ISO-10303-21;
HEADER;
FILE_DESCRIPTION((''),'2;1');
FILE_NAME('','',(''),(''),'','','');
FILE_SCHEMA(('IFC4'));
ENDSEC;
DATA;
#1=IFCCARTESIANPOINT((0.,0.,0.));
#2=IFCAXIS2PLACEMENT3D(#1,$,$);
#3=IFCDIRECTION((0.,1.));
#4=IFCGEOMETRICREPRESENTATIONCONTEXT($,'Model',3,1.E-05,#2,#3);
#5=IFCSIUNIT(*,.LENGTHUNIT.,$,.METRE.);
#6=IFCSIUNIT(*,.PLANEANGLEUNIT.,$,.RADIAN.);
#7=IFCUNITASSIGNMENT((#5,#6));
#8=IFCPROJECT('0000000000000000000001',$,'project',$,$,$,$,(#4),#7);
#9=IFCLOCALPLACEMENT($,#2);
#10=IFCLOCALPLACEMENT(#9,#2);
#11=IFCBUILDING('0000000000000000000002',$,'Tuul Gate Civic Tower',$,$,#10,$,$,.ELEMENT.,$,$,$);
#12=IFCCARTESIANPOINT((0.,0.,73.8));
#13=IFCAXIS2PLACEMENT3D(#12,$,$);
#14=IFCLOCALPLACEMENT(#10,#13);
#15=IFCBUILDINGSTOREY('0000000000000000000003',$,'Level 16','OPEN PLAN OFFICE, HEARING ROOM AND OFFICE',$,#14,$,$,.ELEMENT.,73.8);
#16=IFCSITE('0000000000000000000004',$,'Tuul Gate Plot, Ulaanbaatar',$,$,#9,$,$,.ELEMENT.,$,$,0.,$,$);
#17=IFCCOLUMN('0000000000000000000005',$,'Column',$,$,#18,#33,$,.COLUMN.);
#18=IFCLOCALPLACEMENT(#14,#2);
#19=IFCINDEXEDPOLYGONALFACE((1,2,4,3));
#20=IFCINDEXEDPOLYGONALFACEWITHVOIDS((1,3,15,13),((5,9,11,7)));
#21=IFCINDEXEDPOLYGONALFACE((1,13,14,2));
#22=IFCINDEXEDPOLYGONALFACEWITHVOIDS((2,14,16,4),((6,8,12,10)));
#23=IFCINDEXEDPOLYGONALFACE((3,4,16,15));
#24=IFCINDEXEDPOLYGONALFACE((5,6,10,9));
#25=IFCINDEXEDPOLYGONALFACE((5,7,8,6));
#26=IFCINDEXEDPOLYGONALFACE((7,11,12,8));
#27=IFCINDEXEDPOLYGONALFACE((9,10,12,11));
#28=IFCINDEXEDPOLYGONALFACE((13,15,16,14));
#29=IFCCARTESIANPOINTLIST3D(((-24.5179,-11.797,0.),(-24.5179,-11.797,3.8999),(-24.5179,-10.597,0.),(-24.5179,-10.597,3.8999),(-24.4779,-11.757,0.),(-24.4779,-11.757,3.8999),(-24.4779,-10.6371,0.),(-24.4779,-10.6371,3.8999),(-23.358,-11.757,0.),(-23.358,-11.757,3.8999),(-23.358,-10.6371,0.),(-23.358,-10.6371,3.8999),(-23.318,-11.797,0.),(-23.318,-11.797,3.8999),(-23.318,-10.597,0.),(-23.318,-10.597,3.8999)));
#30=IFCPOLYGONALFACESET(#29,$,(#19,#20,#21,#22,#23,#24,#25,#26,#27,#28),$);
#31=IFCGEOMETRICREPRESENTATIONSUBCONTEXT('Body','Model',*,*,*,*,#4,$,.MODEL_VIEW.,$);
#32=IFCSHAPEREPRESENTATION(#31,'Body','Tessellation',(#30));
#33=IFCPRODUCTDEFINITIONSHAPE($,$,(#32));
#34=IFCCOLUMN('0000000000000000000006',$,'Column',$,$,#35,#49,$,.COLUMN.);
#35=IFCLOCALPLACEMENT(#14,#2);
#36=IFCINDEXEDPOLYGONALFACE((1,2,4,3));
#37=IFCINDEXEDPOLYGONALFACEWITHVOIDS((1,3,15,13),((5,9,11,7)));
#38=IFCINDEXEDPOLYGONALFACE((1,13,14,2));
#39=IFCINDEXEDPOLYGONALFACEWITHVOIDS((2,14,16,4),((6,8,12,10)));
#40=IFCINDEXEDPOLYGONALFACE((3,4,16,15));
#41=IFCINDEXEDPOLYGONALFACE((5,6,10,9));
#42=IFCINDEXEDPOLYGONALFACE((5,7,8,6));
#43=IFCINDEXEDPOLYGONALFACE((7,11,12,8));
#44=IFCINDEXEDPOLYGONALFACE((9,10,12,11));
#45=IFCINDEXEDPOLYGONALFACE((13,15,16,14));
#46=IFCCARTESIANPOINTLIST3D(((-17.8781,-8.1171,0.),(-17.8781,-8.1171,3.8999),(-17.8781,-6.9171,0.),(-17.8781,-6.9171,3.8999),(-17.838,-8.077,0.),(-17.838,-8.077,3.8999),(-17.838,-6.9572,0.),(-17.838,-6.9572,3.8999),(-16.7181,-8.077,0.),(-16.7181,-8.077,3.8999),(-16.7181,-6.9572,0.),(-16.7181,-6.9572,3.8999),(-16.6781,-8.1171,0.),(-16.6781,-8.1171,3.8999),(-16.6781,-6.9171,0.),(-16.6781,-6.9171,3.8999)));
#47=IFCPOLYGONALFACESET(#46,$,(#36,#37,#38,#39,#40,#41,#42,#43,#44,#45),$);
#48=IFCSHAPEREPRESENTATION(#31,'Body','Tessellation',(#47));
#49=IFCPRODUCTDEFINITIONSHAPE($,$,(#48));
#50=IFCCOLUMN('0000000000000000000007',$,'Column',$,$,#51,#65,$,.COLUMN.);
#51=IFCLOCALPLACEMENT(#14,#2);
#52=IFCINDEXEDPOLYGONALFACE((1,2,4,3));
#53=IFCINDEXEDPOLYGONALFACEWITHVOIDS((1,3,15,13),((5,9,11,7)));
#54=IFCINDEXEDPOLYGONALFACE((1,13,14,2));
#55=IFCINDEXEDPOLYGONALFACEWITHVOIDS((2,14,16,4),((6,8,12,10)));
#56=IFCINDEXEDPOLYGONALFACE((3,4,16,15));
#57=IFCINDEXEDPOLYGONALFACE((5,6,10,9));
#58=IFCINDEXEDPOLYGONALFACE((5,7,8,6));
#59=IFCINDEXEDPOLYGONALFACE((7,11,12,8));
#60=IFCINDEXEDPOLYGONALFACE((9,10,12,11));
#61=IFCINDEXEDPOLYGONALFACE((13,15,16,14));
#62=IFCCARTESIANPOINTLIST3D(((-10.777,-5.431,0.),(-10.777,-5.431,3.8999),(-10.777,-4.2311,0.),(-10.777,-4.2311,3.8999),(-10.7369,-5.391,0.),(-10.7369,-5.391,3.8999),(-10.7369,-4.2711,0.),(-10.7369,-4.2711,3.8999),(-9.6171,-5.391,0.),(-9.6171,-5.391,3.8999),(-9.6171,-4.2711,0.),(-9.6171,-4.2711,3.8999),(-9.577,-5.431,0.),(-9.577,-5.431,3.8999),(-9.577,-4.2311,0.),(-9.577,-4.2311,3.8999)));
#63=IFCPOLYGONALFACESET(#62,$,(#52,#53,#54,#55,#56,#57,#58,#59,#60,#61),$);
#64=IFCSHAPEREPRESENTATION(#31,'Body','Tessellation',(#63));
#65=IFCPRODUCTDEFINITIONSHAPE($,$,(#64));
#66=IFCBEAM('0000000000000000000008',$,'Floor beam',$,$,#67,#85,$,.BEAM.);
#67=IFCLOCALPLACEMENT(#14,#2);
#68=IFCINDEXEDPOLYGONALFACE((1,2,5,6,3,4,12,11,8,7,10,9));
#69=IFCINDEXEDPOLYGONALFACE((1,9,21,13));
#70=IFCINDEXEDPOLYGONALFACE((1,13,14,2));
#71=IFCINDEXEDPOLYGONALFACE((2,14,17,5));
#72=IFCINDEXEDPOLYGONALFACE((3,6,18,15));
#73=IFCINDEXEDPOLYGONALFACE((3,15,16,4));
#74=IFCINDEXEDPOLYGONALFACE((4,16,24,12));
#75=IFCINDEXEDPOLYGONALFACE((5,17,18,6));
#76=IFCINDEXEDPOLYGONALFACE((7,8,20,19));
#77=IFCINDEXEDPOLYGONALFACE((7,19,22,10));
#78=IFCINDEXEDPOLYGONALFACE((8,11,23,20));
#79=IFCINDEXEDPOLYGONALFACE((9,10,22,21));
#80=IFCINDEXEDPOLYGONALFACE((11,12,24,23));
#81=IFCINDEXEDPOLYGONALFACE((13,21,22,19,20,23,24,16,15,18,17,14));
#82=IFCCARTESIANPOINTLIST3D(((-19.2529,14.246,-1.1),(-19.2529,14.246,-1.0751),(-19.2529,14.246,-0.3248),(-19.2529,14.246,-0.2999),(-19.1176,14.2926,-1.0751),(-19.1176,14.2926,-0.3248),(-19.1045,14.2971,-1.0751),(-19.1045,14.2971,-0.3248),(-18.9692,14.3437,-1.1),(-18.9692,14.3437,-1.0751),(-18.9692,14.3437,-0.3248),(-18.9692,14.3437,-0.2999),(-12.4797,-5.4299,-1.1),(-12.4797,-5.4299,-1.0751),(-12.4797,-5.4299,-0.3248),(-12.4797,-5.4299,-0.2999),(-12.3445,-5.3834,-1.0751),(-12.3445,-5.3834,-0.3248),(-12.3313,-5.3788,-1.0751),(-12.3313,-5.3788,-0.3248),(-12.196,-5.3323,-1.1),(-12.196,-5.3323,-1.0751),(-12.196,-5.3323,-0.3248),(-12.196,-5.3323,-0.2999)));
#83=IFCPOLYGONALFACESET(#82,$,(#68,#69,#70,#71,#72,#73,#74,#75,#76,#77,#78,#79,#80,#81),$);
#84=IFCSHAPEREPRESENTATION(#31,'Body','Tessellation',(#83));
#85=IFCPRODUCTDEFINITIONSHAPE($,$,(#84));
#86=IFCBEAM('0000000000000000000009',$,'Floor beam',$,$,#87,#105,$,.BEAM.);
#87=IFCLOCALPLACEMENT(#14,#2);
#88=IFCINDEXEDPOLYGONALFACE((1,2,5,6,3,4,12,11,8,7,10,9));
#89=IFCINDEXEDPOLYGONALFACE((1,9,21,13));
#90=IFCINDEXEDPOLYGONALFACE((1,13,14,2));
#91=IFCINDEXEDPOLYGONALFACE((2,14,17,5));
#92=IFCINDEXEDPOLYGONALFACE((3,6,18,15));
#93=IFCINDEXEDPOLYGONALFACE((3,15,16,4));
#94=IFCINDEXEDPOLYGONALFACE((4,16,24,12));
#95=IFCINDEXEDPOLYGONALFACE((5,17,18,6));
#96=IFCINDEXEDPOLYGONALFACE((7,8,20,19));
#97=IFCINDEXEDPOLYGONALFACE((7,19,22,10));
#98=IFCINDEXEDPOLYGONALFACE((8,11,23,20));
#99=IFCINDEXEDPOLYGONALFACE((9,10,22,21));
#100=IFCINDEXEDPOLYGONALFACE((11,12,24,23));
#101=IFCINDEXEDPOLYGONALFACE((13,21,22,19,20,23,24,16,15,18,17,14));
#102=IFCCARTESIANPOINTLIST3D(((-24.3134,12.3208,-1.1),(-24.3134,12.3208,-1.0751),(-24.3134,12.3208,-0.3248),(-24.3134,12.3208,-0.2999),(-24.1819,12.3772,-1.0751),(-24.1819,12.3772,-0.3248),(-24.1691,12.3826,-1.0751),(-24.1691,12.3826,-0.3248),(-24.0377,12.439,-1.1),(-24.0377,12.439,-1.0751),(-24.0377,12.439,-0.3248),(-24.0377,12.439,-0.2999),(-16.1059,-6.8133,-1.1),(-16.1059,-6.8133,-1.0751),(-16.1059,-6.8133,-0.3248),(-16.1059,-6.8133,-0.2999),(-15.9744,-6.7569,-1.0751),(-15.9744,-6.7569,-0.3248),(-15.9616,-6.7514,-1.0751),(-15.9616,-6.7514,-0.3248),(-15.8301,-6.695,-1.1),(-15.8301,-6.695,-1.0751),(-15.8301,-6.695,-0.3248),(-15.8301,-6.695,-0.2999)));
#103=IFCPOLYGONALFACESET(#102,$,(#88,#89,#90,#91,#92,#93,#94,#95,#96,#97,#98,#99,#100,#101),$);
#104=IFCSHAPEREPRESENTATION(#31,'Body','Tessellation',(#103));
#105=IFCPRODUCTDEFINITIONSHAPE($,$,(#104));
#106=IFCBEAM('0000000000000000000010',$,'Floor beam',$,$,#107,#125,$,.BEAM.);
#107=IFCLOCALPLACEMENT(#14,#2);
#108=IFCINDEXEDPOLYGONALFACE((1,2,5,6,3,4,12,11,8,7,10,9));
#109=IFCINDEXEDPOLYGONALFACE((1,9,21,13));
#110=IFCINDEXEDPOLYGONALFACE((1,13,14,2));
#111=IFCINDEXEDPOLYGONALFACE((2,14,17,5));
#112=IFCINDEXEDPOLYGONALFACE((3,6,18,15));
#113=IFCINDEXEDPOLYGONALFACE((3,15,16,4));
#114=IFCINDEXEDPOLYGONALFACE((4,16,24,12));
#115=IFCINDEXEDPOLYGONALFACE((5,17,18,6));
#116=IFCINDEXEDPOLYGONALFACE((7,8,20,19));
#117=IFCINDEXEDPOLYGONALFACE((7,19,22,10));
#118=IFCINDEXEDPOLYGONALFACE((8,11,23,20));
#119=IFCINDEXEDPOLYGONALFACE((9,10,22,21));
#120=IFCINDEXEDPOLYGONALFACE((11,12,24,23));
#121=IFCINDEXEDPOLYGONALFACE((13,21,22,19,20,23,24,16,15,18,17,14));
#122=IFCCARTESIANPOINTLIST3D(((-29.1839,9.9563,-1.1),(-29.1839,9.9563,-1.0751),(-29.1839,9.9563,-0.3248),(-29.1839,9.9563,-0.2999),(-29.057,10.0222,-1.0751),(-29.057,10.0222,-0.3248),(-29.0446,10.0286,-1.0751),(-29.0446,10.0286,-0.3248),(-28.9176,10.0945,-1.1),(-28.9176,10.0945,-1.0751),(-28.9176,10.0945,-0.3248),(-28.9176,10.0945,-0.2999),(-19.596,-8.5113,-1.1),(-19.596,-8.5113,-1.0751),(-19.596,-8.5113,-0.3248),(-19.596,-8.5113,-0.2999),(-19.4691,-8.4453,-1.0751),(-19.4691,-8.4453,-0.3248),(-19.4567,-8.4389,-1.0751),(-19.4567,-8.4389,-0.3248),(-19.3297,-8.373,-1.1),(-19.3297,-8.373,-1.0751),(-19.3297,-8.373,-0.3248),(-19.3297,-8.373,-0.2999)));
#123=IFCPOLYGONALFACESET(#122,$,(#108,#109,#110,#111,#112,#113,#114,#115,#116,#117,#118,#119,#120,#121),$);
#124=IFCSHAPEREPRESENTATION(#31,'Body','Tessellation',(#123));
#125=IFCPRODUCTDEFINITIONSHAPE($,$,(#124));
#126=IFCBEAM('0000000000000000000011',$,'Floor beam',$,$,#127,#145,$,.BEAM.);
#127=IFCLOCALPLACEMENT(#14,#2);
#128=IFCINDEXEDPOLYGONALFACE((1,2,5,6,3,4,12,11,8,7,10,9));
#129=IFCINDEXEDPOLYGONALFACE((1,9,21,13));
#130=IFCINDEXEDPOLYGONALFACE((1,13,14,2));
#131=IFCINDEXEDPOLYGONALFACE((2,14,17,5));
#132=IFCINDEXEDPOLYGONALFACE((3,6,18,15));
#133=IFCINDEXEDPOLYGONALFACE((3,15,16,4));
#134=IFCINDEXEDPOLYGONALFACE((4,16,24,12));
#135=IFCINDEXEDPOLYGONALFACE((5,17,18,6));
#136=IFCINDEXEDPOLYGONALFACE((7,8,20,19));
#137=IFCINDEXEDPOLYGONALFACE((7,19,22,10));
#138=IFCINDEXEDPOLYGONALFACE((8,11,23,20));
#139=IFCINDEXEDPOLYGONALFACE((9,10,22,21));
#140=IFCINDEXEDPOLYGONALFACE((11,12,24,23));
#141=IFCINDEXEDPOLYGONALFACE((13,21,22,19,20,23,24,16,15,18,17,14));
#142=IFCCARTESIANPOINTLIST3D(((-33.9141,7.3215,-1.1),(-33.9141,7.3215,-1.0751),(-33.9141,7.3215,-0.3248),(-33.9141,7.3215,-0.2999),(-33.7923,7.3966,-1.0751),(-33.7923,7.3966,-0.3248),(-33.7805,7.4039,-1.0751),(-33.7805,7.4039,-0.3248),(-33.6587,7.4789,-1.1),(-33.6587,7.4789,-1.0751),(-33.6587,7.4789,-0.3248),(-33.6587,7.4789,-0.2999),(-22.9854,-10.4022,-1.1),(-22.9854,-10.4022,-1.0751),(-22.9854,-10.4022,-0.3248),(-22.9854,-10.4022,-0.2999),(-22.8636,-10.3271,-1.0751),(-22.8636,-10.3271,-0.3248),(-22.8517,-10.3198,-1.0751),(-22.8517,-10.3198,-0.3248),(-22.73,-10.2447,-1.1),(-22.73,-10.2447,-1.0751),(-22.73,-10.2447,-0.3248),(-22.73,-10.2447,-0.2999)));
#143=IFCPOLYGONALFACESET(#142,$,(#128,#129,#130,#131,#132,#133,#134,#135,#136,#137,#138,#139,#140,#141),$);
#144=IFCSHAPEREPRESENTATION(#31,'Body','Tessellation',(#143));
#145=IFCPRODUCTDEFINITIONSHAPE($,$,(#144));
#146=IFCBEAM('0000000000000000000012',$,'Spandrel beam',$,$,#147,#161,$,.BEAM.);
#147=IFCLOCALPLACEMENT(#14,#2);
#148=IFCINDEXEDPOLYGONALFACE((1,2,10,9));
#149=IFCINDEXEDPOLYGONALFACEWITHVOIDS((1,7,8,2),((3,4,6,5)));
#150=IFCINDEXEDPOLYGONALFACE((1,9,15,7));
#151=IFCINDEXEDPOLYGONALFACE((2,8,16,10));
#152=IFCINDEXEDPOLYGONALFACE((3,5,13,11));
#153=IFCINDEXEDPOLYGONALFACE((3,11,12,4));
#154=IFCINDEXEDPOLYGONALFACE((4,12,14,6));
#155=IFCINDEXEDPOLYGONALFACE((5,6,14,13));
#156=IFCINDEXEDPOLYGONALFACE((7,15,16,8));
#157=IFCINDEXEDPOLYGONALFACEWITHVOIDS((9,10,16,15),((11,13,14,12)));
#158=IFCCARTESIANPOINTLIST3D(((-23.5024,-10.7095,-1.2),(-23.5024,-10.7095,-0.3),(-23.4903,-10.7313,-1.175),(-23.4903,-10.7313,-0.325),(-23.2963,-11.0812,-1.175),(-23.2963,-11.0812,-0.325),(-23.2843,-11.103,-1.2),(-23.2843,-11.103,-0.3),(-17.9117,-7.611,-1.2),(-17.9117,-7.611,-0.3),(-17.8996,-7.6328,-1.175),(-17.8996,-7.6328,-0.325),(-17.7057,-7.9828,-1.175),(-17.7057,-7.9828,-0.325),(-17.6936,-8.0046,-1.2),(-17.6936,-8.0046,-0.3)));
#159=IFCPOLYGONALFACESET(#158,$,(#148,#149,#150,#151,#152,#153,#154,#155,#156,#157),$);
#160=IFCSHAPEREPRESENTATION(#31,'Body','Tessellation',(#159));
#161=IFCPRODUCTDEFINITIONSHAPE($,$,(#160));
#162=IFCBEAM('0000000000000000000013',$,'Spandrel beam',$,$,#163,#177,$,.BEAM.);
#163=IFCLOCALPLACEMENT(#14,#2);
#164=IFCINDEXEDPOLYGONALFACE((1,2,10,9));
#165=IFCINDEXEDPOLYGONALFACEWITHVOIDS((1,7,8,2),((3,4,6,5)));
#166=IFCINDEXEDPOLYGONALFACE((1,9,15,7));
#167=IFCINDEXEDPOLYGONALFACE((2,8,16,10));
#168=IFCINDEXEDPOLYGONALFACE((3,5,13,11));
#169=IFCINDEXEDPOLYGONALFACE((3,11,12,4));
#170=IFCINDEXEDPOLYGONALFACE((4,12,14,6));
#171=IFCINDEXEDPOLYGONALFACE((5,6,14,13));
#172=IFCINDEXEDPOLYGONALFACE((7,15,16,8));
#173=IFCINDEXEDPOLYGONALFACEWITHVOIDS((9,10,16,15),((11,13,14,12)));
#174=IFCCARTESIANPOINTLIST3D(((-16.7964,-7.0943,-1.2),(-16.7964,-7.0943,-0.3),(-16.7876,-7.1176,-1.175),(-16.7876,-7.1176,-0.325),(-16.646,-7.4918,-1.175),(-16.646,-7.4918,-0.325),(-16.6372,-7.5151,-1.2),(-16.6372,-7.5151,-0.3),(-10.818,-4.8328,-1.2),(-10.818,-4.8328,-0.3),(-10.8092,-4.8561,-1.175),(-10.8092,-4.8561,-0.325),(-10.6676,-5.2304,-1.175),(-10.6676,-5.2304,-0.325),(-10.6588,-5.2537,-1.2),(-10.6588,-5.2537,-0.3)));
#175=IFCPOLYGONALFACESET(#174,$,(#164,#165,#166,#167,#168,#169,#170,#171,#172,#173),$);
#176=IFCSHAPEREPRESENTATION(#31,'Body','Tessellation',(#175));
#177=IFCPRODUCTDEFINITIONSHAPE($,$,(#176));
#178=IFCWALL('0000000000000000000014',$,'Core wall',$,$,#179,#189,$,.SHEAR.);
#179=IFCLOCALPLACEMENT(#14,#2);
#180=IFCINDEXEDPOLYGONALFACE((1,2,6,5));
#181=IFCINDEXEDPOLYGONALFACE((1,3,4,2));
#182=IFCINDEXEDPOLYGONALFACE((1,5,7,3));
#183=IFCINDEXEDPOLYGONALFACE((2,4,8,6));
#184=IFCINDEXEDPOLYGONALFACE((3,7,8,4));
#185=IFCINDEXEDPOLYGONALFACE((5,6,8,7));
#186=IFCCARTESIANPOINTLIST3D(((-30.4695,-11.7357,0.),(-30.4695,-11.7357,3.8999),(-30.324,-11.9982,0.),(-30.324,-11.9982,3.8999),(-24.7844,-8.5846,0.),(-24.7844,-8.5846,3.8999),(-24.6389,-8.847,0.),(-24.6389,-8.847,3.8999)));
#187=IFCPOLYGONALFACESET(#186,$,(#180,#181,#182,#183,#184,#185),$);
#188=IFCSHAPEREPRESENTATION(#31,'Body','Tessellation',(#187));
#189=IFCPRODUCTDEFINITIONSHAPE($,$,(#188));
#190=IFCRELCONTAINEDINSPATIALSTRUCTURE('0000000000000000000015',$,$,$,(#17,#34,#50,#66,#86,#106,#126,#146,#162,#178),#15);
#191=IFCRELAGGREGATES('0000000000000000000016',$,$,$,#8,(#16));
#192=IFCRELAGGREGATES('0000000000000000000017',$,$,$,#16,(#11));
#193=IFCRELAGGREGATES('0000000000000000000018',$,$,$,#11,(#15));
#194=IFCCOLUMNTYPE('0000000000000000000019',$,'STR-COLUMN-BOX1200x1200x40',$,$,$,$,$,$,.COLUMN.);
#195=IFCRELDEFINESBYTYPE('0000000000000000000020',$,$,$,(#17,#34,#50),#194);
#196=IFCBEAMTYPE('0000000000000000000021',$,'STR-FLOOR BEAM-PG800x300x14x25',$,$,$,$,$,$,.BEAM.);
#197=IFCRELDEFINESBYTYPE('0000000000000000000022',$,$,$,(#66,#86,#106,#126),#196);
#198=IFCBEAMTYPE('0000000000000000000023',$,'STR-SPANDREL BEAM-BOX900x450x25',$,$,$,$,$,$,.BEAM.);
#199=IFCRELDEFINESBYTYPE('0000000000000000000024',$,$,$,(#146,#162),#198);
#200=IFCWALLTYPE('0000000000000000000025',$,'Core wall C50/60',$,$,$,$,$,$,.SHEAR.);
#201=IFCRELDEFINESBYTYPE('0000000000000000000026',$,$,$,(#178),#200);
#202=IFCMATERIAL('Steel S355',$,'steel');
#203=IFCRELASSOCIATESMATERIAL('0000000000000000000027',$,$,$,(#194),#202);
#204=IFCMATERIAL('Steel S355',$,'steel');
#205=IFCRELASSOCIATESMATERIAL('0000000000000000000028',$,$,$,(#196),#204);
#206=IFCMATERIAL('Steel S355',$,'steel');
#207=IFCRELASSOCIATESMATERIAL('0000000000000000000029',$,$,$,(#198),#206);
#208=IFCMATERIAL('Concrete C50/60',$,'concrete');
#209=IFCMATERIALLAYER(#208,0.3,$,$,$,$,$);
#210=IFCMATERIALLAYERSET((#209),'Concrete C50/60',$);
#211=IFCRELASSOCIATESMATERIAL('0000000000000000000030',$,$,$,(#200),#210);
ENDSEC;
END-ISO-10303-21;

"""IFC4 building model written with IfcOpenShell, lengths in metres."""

from ifc_helpers import new_model, si_unit, direction, frame, frame_2d, origin, origin_2d, place, context, subcontext, project, spatial, rectangle, hollow_rectangle, i_section, extrude, material, layer, layer_set, material_profile, profile_set, type_object, element, save


model = new_model("IFC4")

# Units and contexts
model_context = context("Model", 3, precision=1e-05, world=origin(), true_north=direction((0.0, 1.0)))
body_context = subcontext(model_context, "Body", "Model", "MODEL_VIEW")
ifc_project = project(units=[si_unit("LENGTHUNIT", "METRE"), si_unit("PLANEANGLEUNIT", "RADIAN")], contexts=[model_context])

# Site, building, storey
site_placement = place(None, origin())
site = spatial("IfcSite", under=ifc_project, at=site_placement, Name="Tuul Gate Plot, Ulaanbaatar", CompositionType="ELEMENT", RefElevation=0.0)
building_placement = place(site_placement, origin())
building = spatial("IfcBuilding", under=site, at=building_placement, Name="Tuul Gate Civic Tower", CompositionType="ELEMENT")
storey_placement = place(building_placement, frame((0.0, 0.0, 73.8)))
storey = spatial("IfcBuildingStorey", under=building, at=storey_placement, Name="Level 16", Description="OPEN PLAN OFFICE, HEARING ROOM AND OFFICE", CompositionType="ELEMENT", Elevation=73.8)

# Columns
ifc_material_1 = material(Name="Steel S355", Category="steel")
ifc_material_profile_1 = material_profile(ifc_material_1, hollow_rectangle(XDim=1.2, YDim=1.2, WallThickness=0.04, at=origin_2d()), Name="BOX1200x1200x40")
ifc_profile_set_1 = profile_set([ifc_material_profile_1], Name="Steel S355")
column_type = type_object("IfcColumnType", Name="STR-COLUMN-BOX1200x1200x40", PredefinedType="COLUMN", material=ifc_profile_set_1)
for number, where, z_axis, x_axis, name in (
    (1, (-23.918, -11.197, 0.0), (0.0, 0.0, 1.0), (1.0, 0.0, 0.0), "Column"),
    (2, (-17.2781, -7.5171, 0.0), (0.0, 0.0, 1.0), (1.0, 0.0, 0.0), "Column"),
    (3, (-10.177, -4.8311, 0.0), (0.0, 0.0, 1.0), (1.0, 0.0, 0.0), "Column"),
):
    element("IfcColumn", number, at=place(storey_placement, frame(where, z_axis=z_axis, x_axis=x_axis)), inside=storey, type_object=column_type, Name=name, PredefinedType="COLUMN", context=body_context, shape_type="SweptSolid", body=[
        extrude(hollow_rectangle(XDim=1.2, YDim=1.2, WallThickness=0.04, at=origin_2d()), origin(), (0.0, 0.0, 1.0), 3.8999),
    ])

# Beams
ifc_material_2 = material(Name="Steel S355", Category="steel")
ifc_material_profile_2 = material_profile(ifc_material_2, i_section(OverallWidth=0.3, OverallDepth=0.8, WebThickness=0.0139, FlangeThickness=0.0249, at=origin_2d()), Name="PG800x300x14x25")
ifc_profile_set_2 = profile_set([ifc_material_profile_2], Name="Steel S355")
beam_type_1 = type_object("IfcBeamType", Name="STR-FLOOR BEAM-PG800x300x14x25", PredefinedType="BEAM", material=ifc_profile_set_2)
beam_1_placement = place(storey_placement, frame((-12.3379, -5.3811, -0.7), z_axis=(-0.325491, 0.945545, 0.0), x_axis=(-0.945545, -0.325491, 0.0)))
element("IfcBeam", 4, at=beam_1_placement, inside=storey, type_object=beam_type_1, Name="Floor beam", PredefinedType="BEAM", context=body_context, shape_type="SweptSolid", body=[
    extrude(i_section(OverallWidth=0.3, OverallDepth=0.8, WebThickness=0.0139, FlangeThickness=0.0249, at=origin_2d()), origin(), (0.0, 0.0, 1.0), 20.8091),
])
beam_2_placement = place(storey_placement, frame((-15.968, -6.7542, -0.7), z_axis=(-0.394212, 0.919019, 0.0), x_axis=(-0.919019, -0.394212, 0.0)))
element("IfcBeam", 5, at=beam_2_placement, inside=storey, type_object=beam_type_1, Name="Floor beam", PredefinedType="BEAM", context=body_context, shape_type="SweptSolid", body=[
    extrude(i_section(OverallWidth=0.3, OverallDepth=0.8, WebThickness=0.0139, FlangeThickness=0.0249, at=origin_2d()), origin(), (0.0, 0.0, 1.0), 20.8201),
])
beam_3_placement = place(storey_placement, frame((-19.4629, -8.4421, -0.7), z_axis=(-0.460777, 0.887516, 0.0), x_axis=(-0.887516, -0.460777, 0.0)))
element("IfcBeam", 6, at=beam_3_placement, inside=storey, type_object=beam_type_1, Name="Floor beam", PredefinedType="BEAM", context=body_context, shape_type="SweptSolid", body=[
    extrude(i_section(OverallWidth=0.3, OverallDepth=0.8, WebThickness=0.0139, FlangeThickness=0.0249, at=origin_2d()), origin(), (0.0, 0.0, 1.0), 20.8081),
])
beam_4_placement = place(storey_placement, frame((-22.8577, -10.3235, -0.7), z_axis=(-0.524859, 0.851189, 0.0), x_axis=(-0.851189, -0.524859, 0.0)))
element("IfcBeam", 7, at=beam_4_placement, inside=storey, type_object=beam_type_1, Name="Floor beam", PredefinedType="BEAM", context=body_context, shape_type="SweptSolid", body=[
    extrude(i_section(OverallWidth=0.3, OverallDepth=0.8, WebThickness=0.0139, FlangeThickness=0.0249, at=origin_2d()), origin(), (0.0, 0.0, 1.0), 20.8223),
])
ifc_material_3 = material(Name="Steel S355", Category="steel")
ifc_material_profile_3 = material_profile(ifc_material_3, hollow_rectangle(XDim=0.45, YDim=0.8999, WallThickness=0.0249, at=origin_2d()), Name="BOX900x450x25")
ifc_profile_set_3 = profile_set([ifc_material_profile_3], Name="Steel S355")
beam_type_2 = type_object("IfcBeamType", Name="STR-SPANDREL BEAM-BOX900x450x25", PredefinedType="BEAM", material=ifc_profile_set_3)
for number, where, z_axis, x_axis, name in (
    (8, (-23.3933, -10.9062, -0.75), (0.874654, 0.484748, 0.0), (-0.484748, 0.874654, 0.0), "Spandrel beam"),
    (9, (-16.7168, -7.3047, -0.75), (0.935321, 0.353801, 0.0), (-0.353801, 0.935321, 0.0), "Spandrel beam"),
):
    element("IfcBeam", number, at=place(storey_placement, frame(where, z_axis=z_axis, x_axis=x_axis)), inside=storey, type_object=beam_type_2, Name=name, PredefinedType="BEAM", context=body_context, shape_type="SweptSolid", body=[
        extrude(hollow_rectangle(XDim=0.45, YDim=0.8999, WallThickness=0.0249, at=origin_2d()), origin(), (0.0, 0.0, 1.0), 6.3918),
    ])

# Wall
ifc_material_4 = material(Name="Concrete C50/60", Category="concrete")
ifc_layer_1 = layer(ifc_material_4, 0.3)
ifc_layer_set_1 = layer_set([ifc_layer_1], Name="Concrete C50/60")
wall_type_1 = type_object("IfcWallType", Name="Core wall C50/60", PredefinedType="SHEAR", material=ifc_layer_set_1)
wall_1_placement = place(storey_placement, frame((-24.7117, -8.7158, 0.0), z_axis=(0.0, 0.0, 1.0), x_axis=(-0.87463, -0.484791, 0.0)))
element("IfcWall", 10, at=wall_1_placement, inside=storey, type_object=wall_type_1, Name="Core wall", PredefinedType="SHEAR", context=body_context, shape_type="SweptSolid", body=[
    extrude(rectangle(XDim=6.5, YDim=0.3, at=frame_2d((3.25, 0.0))), origin(), (0.0, 0.0, 1.0), 3.8999),
])

save(model, "model.ifc")
